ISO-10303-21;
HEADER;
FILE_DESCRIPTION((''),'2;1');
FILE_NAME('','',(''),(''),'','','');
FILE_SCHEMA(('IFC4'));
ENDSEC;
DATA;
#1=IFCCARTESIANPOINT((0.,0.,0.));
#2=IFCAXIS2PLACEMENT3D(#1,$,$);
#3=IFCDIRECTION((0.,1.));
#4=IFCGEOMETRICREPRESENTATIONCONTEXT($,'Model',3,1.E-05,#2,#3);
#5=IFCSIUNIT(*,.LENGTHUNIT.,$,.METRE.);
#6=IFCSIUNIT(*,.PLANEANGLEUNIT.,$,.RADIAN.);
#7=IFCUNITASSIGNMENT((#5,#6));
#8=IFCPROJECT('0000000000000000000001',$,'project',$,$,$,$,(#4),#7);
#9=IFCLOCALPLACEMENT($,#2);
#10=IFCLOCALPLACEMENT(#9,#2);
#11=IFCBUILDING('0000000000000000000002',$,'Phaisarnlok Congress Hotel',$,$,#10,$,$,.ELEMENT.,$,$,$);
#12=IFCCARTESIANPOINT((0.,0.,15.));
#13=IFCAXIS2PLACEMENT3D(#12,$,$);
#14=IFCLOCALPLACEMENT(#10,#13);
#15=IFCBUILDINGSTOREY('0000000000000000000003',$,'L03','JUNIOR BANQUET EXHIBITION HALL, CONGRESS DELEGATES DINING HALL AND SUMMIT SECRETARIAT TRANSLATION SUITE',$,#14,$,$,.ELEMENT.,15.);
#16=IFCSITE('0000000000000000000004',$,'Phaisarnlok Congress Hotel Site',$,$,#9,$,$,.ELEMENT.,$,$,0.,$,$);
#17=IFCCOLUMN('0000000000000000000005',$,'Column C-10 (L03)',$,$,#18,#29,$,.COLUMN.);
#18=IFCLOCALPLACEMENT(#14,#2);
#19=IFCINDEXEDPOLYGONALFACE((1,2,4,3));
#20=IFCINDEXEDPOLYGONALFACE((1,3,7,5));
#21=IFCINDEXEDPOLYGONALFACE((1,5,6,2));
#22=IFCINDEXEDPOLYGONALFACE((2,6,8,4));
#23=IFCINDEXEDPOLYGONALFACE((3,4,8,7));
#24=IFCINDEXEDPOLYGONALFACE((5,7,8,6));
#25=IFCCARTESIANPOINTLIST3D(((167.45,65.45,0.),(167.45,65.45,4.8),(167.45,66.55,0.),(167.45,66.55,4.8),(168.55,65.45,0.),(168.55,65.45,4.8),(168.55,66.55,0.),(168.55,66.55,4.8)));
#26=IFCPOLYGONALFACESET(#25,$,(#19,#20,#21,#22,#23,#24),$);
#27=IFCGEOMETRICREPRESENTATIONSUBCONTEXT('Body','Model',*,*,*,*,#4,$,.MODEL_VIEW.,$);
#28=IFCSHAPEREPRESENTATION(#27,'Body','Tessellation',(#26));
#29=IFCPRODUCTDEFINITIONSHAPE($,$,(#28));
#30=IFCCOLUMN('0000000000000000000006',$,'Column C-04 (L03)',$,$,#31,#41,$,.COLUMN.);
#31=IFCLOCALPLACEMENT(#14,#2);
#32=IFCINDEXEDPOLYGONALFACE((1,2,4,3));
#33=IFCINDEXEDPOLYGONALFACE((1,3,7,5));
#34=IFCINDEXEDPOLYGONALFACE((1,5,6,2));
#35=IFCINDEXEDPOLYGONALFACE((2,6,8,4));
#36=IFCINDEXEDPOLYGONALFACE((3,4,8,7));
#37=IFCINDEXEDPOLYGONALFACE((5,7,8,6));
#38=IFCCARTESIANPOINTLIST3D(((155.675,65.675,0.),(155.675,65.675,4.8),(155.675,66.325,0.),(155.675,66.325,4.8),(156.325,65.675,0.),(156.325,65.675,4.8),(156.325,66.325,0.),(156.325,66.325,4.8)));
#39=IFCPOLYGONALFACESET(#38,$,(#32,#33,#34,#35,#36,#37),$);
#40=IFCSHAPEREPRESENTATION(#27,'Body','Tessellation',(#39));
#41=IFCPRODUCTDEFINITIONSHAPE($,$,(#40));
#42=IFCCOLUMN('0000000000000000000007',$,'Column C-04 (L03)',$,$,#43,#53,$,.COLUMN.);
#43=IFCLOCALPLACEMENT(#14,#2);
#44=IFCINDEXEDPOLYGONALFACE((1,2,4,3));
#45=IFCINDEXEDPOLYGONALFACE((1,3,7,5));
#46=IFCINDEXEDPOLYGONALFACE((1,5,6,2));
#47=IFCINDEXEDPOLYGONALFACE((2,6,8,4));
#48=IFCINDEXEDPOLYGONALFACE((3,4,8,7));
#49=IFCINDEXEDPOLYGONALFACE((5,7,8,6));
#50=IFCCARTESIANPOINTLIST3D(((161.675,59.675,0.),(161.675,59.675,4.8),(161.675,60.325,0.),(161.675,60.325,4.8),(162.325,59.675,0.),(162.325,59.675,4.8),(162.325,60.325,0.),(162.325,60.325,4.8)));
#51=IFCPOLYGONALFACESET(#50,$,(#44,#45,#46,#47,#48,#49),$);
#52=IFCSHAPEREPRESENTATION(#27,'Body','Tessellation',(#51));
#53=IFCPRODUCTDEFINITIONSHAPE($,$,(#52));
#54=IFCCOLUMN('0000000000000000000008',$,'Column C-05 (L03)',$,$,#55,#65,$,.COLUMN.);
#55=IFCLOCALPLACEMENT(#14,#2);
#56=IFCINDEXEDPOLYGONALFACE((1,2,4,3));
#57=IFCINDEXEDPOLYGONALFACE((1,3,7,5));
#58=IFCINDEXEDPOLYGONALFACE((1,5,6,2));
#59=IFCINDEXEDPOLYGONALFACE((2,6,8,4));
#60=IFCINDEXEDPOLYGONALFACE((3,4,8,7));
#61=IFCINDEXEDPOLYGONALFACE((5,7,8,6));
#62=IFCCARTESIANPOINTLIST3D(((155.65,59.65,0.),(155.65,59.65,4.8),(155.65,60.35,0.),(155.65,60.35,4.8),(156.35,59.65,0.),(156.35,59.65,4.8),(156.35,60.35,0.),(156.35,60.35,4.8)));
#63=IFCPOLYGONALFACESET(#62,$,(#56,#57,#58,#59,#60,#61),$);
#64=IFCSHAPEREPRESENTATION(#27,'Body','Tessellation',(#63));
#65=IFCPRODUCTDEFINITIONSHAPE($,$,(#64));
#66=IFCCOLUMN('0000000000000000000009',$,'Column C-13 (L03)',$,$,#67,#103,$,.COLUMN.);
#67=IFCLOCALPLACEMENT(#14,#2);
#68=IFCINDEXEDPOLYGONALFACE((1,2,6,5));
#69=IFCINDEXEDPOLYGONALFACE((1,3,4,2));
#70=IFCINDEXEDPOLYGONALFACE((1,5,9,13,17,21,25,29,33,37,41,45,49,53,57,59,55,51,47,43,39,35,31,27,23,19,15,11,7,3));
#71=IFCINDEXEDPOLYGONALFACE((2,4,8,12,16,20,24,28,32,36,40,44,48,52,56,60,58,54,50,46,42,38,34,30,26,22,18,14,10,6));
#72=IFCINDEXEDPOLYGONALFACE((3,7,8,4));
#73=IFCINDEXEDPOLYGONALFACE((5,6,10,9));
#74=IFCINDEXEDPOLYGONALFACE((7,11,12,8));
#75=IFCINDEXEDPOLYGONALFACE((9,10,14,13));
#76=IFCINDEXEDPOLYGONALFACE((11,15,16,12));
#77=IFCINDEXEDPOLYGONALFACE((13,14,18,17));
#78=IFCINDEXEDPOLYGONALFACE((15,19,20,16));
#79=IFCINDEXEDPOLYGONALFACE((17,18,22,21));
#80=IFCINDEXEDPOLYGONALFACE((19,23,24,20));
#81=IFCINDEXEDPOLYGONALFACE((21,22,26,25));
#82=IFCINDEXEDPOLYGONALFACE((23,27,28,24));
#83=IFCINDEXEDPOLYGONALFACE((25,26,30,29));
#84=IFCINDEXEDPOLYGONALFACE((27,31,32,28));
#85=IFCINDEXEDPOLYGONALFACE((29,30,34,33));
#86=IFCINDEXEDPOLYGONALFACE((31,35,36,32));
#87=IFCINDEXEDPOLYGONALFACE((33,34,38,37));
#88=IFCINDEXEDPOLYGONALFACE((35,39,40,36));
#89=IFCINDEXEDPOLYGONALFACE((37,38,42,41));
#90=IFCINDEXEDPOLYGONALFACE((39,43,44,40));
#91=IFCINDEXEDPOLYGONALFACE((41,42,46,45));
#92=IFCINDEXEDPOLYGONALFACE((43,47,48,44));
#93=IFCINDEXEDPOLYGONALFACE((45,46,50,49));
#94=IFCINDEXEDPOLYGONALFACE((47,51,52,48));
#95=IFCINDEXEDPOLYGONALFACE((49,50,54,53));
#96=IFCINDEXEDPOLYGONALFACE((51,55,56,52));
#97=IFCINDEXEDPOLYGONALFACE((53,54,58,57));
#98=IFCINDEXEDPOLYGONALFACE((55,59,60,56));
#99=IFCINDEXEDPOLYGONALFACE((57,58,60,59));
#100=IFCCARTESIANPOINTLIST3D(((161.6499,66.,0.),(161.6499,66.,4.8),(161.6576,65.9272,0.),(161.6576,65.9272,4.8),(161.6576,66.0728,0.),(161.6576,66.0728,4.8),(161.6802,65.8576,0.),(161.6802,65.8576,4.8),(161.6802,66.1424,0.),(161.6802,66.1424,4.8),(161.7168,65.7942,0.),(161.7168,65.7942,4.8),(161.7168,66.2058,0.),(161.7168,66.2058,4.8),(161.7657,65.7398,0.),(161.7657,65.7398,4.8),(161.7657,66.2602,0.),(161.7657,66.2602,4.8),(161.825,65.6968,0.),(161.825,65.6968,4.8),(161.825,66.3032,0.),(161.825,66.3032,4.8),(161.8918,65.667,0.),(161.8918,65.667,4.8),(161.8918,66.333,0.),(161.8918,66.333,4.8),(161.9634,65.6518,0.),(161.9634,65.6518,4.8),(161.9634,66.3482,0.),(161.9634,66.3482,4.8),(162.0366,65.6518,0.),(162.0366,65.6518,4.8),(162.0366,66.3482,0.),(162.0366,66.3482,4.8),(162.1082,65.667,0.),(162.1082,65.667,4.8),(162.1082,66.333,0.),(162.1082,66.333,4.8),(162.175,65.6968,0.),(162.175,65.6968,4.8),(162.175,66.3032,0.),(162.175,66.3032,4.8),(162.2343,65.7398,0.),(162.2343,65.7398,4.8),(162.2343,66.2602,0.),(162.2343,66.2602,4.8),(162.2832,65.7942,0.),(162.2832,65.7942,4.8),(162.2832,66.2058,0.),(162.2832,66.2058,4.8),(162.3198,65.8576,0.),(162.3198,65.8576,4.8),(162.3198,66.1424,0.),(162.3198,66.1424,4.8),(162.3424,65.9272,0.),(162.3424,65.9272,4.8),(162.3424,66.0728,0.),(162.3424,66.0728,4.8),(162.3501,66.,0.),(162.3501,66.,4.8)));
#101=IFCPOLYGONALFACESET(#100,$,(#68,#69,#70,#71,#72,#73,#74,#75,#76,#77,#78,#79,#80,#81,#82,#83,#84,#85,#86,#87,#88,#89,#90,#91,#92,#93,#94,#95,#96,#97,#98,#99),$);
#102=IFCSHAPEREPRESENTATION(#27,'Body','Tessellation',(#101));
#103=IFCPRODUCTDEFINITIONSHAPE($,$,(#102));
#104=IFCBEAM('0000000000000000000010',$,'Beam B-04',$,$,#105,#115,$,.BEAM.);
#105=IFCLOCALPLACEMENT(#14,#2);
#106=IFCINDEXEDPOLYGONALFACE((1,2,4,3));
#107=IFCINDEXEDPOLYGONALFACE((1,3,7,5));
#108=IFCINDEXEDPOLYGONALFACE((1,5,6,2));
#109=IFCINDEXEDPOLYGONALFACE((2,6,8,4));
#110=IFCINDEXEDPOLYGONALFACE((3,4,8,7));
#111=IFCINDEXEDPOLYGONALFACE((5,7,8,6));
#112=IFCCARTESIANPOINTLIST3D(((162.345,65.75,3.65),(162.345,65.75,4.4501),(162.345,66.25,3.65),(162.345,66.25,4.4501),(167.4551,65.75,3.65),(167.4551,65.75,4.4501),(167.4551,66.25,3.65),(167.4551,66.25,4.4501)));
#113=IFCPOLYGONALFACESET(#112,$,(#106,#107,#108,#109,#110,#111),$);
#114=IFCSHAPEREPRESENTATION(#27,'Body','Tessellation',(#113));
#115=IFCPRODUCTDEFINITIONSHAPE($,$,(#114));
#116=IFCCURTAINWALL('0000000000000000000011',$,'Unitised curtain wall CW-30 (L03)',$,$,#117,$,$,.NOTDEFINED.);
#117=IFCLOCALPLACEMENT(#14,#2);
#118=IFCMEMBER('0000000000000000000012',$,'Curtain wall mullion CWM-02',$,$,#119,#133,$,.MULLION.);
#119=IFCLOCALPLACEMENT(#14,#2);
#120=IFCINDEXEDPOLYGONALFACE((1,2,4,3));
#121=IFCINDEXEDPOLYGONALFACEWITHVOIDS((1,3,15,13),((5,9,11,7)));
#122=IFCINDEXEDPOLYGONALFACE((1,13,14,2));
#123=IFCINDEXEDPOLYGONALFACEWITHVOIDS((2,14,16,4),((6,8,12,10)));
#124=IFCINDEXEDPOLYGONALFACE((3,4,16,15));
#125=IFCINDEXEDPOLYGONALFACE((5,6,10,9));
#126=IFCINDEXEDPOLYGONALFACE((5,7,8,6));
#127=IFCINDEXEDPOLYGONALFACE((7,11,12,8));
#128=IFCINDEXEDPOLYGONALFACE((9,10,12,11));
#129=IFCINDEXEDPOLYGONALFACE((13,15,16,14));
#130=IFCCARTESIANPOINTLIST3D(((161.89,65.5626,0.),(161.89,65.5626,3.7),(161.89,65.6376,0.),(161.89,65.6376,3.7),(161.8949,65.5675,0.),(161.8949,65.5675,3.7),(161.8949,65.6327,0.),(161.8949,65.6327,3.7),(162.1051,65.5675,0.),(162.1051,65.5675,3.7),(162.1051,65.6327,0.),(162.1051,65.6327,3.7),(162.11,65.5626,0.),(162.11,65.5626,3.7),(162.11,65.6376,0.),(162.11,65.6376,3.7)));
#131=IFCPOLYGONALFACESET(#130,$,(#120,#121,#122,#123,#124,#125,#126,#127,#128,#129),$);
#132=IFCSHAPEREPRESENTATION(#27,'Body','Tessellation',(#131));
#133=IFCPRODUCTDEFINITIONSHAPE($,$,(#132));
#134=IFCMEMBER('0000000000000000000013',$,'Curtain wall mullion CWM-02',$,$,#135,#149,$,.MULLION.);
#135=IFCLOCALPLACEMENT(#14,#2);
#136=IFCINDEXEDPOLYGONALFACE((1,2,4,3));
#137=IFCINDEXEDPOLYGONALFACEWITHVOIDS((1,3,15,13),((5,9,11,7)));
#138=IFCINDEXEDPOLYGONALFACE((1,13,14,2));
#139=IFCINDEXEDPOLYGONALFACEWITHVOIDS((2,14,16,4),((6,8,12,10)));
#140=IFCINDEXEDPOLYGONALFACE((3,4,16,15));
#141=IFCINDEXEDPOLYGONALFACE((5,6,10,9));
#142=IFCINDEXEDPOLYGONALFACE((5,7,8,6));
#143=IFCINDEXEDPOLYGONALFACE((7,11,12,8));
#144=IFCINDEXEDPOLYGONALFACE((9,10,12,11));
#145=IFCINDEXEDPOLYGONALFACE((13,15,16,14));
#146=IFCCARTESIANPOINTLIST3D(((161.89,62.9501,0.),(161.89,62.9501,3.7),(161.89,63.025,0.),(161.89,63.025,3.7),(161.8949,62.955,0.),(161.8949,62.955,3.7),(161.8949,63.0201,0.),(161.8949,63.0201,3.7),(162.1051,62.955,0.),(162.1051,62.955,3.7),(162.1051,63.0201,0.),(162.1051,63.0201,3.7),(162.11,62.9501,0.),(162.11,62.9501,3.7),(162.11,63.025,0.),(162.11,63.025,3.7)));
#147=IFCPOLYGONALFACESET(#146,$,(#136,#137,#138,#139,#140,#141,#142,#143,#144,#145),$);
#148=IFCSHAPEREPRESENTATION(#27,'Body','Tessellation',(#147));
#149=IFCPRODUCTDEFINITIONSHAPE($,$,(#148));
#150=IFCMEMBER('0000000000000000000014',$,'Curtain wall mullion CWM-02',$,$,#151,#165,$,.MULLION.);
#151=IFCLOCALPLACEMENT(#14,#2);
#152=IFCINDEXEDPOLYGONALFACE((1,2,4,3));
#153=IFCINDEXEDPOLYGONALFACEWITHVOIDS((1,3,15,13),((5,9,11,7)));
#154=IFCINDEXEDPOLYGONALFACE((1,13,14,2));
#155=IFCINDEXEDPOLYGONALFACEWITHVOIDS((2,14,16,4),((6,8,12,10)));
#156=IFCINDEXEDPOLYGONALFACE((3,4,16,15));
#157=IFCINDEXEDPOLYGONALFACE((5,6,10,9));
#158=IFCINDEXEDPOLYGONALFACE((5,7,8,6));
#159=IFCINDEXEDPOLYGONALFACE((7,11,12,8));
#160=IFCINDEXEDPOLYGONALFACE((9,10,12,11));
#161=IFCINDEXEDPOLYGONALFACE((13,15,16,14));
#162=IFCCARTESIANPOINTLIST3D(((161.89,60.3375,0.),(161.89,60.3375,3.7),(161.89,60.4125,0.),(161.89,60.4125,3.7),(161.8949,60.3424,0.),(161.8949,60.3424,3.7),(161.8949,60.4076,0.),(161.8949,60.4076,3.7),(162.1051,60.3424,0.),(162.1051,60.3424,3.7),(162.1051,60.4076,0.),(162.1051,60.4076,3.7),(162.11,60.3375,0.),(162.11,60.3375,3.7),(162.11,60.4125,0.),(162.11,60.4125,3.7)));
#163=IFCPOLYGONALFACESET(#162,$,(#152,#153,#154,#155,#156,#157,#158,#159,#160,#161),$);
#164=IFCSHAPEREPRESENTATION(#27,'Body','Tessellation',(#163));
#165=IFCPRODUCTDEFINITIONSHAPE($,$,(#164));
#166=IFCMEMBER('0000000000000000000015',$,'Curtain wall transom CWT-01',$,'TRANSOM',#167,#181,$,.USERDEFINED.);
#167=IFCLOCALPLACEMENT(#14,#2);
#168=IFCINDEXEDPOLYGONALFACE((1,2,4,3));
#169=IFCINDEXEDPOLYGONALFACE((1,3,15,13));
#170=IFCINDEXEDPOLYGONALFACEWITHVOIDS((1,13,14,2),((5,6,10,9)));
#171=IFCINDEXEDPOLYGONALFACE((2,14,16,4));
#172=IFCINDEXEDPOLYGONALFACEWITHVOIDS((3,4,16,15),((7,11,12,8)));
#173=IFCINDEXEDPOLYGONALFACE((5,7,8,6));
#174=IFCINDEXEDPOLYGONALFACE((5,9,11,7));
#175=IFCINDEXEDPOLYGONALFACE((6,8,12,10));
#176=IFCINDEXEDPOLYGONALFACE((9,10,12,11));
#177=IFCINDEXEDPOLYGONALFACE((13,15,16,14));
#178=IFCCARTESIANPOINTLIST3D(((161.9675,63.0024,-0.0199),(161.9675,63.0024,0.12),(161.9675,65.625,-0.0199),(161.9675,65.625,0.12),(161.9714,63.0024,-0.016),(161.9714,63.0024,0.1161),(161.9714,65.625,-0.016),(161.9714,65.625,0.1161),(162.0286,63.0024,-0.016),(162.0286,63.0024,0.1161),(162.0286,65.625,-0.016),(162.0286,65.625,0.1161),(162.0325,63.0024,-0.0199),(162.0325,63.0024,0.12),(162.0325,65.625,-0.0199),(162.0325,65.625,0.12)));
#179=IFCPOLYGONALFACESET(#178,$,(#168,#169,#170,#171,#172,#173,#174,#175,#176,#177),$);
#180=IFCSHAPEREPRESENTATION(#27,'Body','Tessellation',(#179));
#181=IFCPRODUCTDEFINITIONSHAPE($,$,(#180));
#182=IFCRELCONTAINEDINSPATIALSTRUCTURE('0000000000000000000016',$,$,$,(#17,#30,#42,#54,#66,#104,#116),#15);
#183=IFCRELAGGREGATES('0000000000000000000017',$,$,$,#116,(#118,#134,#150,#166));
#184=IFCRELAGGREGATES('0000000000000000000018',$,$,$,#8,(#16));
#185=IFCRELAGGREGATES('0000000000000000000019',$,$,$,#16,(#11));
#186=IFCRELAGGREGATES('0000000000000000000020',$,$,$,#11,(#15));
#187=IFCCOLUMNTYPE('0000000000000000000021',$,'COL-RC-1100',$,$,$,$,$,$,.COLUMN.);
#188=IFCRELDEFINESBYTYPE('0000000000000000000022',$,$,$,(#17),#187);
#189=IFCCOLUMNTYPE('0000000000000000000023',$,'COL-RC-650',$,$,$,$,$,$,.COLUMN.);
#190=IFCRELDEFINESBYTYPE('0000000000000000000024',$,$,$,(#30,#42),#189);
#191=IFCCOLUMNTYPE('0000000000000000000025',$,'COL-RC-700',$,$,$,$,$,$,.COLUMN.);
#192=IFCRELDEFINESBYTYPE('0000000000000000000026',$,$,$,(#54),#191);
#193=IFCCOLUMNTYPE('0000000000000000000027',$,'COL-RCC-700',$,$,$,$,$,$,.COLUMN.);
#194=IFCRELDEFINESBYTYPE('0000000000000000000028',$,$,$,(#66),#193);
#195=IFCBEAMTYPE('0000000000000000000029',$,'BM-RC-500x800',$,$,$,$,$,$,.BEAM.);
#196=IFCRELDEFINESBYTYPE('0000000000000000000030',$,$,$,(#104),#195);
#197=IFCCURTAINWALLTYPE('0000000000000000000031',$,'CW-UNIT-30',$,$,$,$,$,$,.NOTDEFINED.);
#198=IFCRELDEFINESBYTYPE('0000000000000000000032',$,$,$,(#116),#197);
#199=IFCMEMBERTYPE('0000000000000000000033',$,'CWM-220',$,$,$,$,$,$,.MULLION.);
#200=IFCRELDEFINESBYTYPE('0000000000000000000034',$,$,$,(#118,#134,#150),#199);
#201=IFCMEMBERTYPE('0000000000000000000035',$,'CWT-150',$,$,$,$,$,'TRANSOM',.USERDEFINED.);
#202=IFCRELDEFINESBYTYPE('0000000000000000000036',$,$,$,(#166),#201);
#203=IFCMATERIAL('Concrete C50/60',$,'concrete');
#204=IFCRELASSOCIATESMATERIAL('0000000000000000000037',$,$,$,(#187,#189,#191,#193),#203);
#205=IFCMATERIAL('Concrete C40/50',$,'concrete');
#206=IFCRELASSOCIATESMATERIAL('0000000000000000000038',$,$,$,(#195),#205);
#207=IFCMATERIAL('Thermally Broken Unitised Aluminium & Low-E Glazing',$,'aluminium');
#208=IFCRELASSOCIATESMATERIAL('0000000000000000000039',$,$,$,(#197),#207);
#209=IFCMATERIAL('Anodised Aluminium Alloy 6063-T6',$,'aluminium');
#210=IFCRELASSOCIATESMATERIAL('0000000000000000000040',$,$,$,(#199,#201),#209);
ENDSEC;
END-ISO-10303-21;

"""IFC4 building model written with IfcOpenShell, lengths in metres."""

from ifc_helpers import new_model, si_unit, direction, frame, origin, origin_2d, place, context, subcontext, project, spatial, rectangle, hollow_rectangle, circle, extrude, material, material_profile, profile_set, type_object, element, aggregate, save


model = new_model("IFC4")

# Units and contexts
model_context = context("Model", 3, precision=1e-05, world=origin(), true_north=direction((0.0, 1.0)))
body_context = subcontext(model_context, "Body", "Model", "MODEL_VIEW")
ifc_project = project(units=[si_unit("LENGTHUNIT", "METRE"), si_unit("PLANEANGLEUNIT", "RADIAN")], contexts=[model_context])

# Site, building, storey
site_placement = place(None, origin())
site = spatial("IfcSite", under=ifc_project, at=site_placement, Name="Phaisarnlok Congress Hotel Site", CompositionType="ELEMENT", RefElevation=0.0)
building_placement = place(site_placement, origin())
building = spatial("IfcBuilding", under=site, at=building_placement, Name="Phaisarnlok Congress Hotel", CompositionType="ELEMENT")
storey_placement = place(building_placement, frame((0.0, 0.0, 15.0)))
storey = spatial("IfcBuildingStorey", under=building, at=storey_placement, Name="L03", Description="JUNIOR BANQUET EXHIBITION HALL, CONGRESS DELEGATES DINING HALL AND SUMMIT SECRETARIAT TRANSLATION SUITE", CompositionType="ELEMENT", Elevation=15.0)

# Columns
ifc_material_1 = material(Name="Concrete C50/60", Category="concrete")
ifc_material_profile_1 = material_profile(ifc_material_1, rectangle(XDim=1.1001, YDim=1.1001, at=origin_2d()), Name="RC 1100x1100")
ifc_profile_set_1 = profile_set([ifc_material_profile_1], Name="Concrete C50/60")
column_type_1 = type_object("IfcColumnType", Name="COL-RC-1100", PredefinedType="COLUMN", material=ifc_profile_set_1)
column_1_placement = place(storey_placement, frame((168.0, 66.0, 0.0), z_axis=(0.0, 0.0, 1.0), x_axis=(1.0, 0.0, 0.0)))
element("IfcColumn", 1, at=column_1_placement, inside=storey, type_object=column_type_1, Name="Column C-10 (L03)", PredefinedType="COLUMN", context=body_context, shape_type="SweptSolid", body=[
    extrude(rectangle(XDim=1.1001, YDim=1.1001, at=origin_2d()), origin(), (0.0, 0.0, 1.0), 4.8),
])
ifc_material_profile_2 = material_profile(ifc_material_1, rectangle(XDim=0.6499, YDim=0.6499, at=origin_2d()), Name="RC 650x650")
ifc_profile_set_2 = profile_set([ifc_material_profile_2], Name="Concrete C50/60")
column_type_2 = type_object("IfcColumnType", Name="COL-RC-650", PredefinedType="COLUMN", material=ifc_profile_set_2)
for number, where, z_axis, x_axis, name in (
    (2, (156.0, 66.0, 0.0), (0.0, 0.0, 1.0), (1.0, 0.0, 0.0), "Column C-04 (L03)"),
    (3, (162.0, 60.0, 0.0), (0.0, 0.0, 1.0), (1.0, 0.0, 0.0), "Column C-04 (L03)"),
):
    element("IfcColumn", number, at=place(storey_placement, frame(where, z_axis=z_axis, x_axis=x_axis)), inside=storey, type_object=column_type_2, Name=name, PredefinedType="COLUMN", context=body_context, shape_type="SweptSolid", body=[
        extrude(rectangle(XDim=0.6499, YDim=0.6499, at=origin_2d()), origin(), (0.0, 0.0, 1.0), 4.8),
    ])
ifc_material_profile_3 = material_profile(ifc_material_1, rectangle(XDim=0.7, YDim=0.7, at=origin_2d()), Name="RC 700x700")
ifc_profile_set_3 = profile_set([ifc_material_profile_3], Name="Concrete C50/60")
column_type_3 = type_object("IfcColumnType", Name="COL-RC-700", PredefinedType="COLUMN", material=ifc_profile_set_3)
column_2_placement = place(storey_placement, frame((156.0, 60.0, 0.0), z_axis=(0.0, 0.0, 1.0), x_axis=(1.0, 0.0, 0.0)))
element("IfcColumn", 4, at=column_2_placement, inside=storey, type_object=column_type_3, Name="Column C-05 (L03)", PredefinedType="COLUMN", context=body_context, shape_type="SweptSolid", body=[
    extrude(rectangle(XDim=0.7, YDim=0.7, at=origin_2d()), origin(), (0.0, 0.0, 1.0), 4.8),
])
ifc_material_profile_4 = material_profile(ifc_material_1, circle(Radius=0.3501, at=origin_2d()), Name="RCC D700")
ifc_profile_set_4 = profile_set([ifc_material_profile_4], Name="Concrete C50/60")
column_type_4 = type_object("IfcColumnType", Name="COL-RCC-700", PredefinedType="COLUMN", material=ifc_profile_set_4)
column_3_placement = place(storey_placement, frame((162.0, 66.0, 0.0), z_axis=(0.0, 0.0, 1.0), x_axis=(1.0, 0.0, 0.0)))
element("IfcColumn", 5, at=column_3_placement, inside=storey, type_object=column_type_4, Name="Column C-13 (L03)", PredefinedType="COLUMN", context=body_context, shape_type="SweptSolid", body=[
    extrude(circle(Radius=0.3501, at=origin_2d()), origin(), (0.0, 0.0, 1.0), 4.8),
])

# Beam
ifc_material_2 = material(Name="Concrete C40/50", Category="concrete")
ifc_material_profile_5 = material_profile(ifc_material_2, rectangle(XDim=0.5, YDim=0.8, at=origin_2d()), Name="RC 500x800")
ifc_profile_set_5 = profile_set([ifc_material_profile_5], Name="Concrete C40/50")
beam_type_1 = type_object("IfcBeamType", Name="BM-RC-500x800", PredefinedType="BEAM", material=ifc_profile_set_5)
beam_1_placement = place(storey_placement, frame((162.345, 66.0, 4.05), z_axis=(1.0, 0.0, 0.0), x_axis=(0.0, 1.0, 0.0)))
element("IfcBeam", 6, at=beam_1_placement, inside=storey, type_object=beam_type_1, Name="Beam B-04", PredefinedType="BEAM", context=body_context, shape_type="SweptSolid", body=[
    extrude(rectangle(XDim=0.5, YDim=0.8, at=origin_2d()), origin(), (0.0, 0.0, 1.0), 5.1101),
])

# Curtain wall, members
ifc_material_3 = material(Name="Thermally Broken Unitised Aluminium & Low-E Glazing", Category="aluminium")
curtain_wall_type = type_object("IfcCurtainWallType", Name="CW-UNIT-30", PredefinedType="NOTDEFINED", material=ifc_material_3)
curtain_wall_placement = place(storey_placement, origin())
curtain_wall = element("IfcCurtainWall", 7, at=curtain_wall_placement, inside=storey, type_object=curtain_wall_type, Name="Unitised curtain wall CW-30 (L03)", PredefinedType="NOTDEFINED")
ifc_material_4 = material(Name="Anodised Aluminium Alloy 6063-T6", Category="aluminium")
ifc_material_profile_6 = material_profile(ifc_material_4, hollow_rectangle(XDim=0.075, YDim=0.22, WallThickness=0.0049, at=origin_2d()), Name="ALU-M 75x220x5")
ifc_profile_set_6 = profile_set([ifc_material_profile_6], Name="Anodised Aluminium Alloy 6063-T6")
member_type_1 = type_object("IfcMemberType", Name="CWM-220", PredefinedType="MULLION", material=ifc_profile_set_6)
member_1_placement = place(storey_placement, frame((162.0, 65.6001, 0.0), z_axis=(0.0, 0.0, 1.0), x_axis=(0.0, -1.0, 0.0)))
member_1 = element("IfcMember", 8, at=member_1_placement, type_object=member_type_1, Name="Curtain wall mullion CWM-02", PredefinedType="MULLION", context=body_context, shape_type="SweptSolid", body=[
    extrude(hollow_rectangle(XDim=0.075, YDim=0.22, WallThickness=0.0049, at=origin_2d()), origin(), (0.0, 0.0, 1.0), 3.7),
])
member_2_placement = place(storey_placement, frame((162.0, 62.9875, 0.0), z_axis=(0.0, 0.0, 1.0), x_axis=(0.0, -1.0, 0.0)))
member_2 = element("IfcMember", 9, at=member_2_placement, type_object=member_type_1, Name="Curtain wall mullion CWM-02", PredefinedType="MULLION", context=body_context, shape_type="SweptSolid", body=[
    extrude(hollow_rectangle(XDim=0.075, YDim=0.22, WallThickness=0.0049, at=origin_2d()), origin(), (0.0, 0.0, 1.0), 3.7),
])
member_3_placement = place(storey_placement, frame((162.0, 60.375, 0.0), z_axis=(0.0, 0.0, 1.0), x_axis=(0.0, -1.0, 0.0)))
member_3 = element("IfcMember", 10, at=member_3_placement, type_object=member_type_1, Name="Curtain wall mullion CWM-02", PredefinedType="MULLION", context=body_context, shape_type="SweptSolid", body=[
    extrude(hollow_rectangle(XDim=0.075, YDim=0.22, WallThickness=0.0049, at=origin_2d()), origin(), (0.0, 0.0, 1.0), 3.7),
])
ifc_material_profile_7 = material_profile(ifc_material_4, hollow_rectangle(XDim=0.0649, YDim=0.1399, WallThickness=0.0039, at=origin_2d()), Name="ALU-T 65x140x4")
ifc_profile_set_7 = profile_set([ifc_material_profile_7], Name="Anodised Aluminium Alloy 6063-T6")
member_type_2 = type_object("IfcMemberType", Name="CWT-150", ElementType="TRANSOM", PredefinedType="USERDEFINED", material=ifc_profile_set_7)
member_4_placement = place(storey_placement, frame((162.0, 65.625, 0.05), z_axis=(0.0, -1.0, 0.0), x_axis=(1.0, 0.0, 0.0)))
member_4 = element("IfcMember", 11, at=member_4_placement, type_object=member_type_2, Name="Curtain wall transom CWT-01", ObjectType="TRANSOM", PredefinedType="USERDEFINED", context=body_context, shape_type="SweptSolid", body=[
    extrude(hollow_rectangle(XDim=0.0649, YDim=0.1399, WallThickness=0.0039, at=origin_2d()), origin(), (0.0, 0.0, 1.0), 2.6226),
])

aggregate(curtain_wall, [member_1, member_2, member_3, member_4])

save(model, "model.ifc")
